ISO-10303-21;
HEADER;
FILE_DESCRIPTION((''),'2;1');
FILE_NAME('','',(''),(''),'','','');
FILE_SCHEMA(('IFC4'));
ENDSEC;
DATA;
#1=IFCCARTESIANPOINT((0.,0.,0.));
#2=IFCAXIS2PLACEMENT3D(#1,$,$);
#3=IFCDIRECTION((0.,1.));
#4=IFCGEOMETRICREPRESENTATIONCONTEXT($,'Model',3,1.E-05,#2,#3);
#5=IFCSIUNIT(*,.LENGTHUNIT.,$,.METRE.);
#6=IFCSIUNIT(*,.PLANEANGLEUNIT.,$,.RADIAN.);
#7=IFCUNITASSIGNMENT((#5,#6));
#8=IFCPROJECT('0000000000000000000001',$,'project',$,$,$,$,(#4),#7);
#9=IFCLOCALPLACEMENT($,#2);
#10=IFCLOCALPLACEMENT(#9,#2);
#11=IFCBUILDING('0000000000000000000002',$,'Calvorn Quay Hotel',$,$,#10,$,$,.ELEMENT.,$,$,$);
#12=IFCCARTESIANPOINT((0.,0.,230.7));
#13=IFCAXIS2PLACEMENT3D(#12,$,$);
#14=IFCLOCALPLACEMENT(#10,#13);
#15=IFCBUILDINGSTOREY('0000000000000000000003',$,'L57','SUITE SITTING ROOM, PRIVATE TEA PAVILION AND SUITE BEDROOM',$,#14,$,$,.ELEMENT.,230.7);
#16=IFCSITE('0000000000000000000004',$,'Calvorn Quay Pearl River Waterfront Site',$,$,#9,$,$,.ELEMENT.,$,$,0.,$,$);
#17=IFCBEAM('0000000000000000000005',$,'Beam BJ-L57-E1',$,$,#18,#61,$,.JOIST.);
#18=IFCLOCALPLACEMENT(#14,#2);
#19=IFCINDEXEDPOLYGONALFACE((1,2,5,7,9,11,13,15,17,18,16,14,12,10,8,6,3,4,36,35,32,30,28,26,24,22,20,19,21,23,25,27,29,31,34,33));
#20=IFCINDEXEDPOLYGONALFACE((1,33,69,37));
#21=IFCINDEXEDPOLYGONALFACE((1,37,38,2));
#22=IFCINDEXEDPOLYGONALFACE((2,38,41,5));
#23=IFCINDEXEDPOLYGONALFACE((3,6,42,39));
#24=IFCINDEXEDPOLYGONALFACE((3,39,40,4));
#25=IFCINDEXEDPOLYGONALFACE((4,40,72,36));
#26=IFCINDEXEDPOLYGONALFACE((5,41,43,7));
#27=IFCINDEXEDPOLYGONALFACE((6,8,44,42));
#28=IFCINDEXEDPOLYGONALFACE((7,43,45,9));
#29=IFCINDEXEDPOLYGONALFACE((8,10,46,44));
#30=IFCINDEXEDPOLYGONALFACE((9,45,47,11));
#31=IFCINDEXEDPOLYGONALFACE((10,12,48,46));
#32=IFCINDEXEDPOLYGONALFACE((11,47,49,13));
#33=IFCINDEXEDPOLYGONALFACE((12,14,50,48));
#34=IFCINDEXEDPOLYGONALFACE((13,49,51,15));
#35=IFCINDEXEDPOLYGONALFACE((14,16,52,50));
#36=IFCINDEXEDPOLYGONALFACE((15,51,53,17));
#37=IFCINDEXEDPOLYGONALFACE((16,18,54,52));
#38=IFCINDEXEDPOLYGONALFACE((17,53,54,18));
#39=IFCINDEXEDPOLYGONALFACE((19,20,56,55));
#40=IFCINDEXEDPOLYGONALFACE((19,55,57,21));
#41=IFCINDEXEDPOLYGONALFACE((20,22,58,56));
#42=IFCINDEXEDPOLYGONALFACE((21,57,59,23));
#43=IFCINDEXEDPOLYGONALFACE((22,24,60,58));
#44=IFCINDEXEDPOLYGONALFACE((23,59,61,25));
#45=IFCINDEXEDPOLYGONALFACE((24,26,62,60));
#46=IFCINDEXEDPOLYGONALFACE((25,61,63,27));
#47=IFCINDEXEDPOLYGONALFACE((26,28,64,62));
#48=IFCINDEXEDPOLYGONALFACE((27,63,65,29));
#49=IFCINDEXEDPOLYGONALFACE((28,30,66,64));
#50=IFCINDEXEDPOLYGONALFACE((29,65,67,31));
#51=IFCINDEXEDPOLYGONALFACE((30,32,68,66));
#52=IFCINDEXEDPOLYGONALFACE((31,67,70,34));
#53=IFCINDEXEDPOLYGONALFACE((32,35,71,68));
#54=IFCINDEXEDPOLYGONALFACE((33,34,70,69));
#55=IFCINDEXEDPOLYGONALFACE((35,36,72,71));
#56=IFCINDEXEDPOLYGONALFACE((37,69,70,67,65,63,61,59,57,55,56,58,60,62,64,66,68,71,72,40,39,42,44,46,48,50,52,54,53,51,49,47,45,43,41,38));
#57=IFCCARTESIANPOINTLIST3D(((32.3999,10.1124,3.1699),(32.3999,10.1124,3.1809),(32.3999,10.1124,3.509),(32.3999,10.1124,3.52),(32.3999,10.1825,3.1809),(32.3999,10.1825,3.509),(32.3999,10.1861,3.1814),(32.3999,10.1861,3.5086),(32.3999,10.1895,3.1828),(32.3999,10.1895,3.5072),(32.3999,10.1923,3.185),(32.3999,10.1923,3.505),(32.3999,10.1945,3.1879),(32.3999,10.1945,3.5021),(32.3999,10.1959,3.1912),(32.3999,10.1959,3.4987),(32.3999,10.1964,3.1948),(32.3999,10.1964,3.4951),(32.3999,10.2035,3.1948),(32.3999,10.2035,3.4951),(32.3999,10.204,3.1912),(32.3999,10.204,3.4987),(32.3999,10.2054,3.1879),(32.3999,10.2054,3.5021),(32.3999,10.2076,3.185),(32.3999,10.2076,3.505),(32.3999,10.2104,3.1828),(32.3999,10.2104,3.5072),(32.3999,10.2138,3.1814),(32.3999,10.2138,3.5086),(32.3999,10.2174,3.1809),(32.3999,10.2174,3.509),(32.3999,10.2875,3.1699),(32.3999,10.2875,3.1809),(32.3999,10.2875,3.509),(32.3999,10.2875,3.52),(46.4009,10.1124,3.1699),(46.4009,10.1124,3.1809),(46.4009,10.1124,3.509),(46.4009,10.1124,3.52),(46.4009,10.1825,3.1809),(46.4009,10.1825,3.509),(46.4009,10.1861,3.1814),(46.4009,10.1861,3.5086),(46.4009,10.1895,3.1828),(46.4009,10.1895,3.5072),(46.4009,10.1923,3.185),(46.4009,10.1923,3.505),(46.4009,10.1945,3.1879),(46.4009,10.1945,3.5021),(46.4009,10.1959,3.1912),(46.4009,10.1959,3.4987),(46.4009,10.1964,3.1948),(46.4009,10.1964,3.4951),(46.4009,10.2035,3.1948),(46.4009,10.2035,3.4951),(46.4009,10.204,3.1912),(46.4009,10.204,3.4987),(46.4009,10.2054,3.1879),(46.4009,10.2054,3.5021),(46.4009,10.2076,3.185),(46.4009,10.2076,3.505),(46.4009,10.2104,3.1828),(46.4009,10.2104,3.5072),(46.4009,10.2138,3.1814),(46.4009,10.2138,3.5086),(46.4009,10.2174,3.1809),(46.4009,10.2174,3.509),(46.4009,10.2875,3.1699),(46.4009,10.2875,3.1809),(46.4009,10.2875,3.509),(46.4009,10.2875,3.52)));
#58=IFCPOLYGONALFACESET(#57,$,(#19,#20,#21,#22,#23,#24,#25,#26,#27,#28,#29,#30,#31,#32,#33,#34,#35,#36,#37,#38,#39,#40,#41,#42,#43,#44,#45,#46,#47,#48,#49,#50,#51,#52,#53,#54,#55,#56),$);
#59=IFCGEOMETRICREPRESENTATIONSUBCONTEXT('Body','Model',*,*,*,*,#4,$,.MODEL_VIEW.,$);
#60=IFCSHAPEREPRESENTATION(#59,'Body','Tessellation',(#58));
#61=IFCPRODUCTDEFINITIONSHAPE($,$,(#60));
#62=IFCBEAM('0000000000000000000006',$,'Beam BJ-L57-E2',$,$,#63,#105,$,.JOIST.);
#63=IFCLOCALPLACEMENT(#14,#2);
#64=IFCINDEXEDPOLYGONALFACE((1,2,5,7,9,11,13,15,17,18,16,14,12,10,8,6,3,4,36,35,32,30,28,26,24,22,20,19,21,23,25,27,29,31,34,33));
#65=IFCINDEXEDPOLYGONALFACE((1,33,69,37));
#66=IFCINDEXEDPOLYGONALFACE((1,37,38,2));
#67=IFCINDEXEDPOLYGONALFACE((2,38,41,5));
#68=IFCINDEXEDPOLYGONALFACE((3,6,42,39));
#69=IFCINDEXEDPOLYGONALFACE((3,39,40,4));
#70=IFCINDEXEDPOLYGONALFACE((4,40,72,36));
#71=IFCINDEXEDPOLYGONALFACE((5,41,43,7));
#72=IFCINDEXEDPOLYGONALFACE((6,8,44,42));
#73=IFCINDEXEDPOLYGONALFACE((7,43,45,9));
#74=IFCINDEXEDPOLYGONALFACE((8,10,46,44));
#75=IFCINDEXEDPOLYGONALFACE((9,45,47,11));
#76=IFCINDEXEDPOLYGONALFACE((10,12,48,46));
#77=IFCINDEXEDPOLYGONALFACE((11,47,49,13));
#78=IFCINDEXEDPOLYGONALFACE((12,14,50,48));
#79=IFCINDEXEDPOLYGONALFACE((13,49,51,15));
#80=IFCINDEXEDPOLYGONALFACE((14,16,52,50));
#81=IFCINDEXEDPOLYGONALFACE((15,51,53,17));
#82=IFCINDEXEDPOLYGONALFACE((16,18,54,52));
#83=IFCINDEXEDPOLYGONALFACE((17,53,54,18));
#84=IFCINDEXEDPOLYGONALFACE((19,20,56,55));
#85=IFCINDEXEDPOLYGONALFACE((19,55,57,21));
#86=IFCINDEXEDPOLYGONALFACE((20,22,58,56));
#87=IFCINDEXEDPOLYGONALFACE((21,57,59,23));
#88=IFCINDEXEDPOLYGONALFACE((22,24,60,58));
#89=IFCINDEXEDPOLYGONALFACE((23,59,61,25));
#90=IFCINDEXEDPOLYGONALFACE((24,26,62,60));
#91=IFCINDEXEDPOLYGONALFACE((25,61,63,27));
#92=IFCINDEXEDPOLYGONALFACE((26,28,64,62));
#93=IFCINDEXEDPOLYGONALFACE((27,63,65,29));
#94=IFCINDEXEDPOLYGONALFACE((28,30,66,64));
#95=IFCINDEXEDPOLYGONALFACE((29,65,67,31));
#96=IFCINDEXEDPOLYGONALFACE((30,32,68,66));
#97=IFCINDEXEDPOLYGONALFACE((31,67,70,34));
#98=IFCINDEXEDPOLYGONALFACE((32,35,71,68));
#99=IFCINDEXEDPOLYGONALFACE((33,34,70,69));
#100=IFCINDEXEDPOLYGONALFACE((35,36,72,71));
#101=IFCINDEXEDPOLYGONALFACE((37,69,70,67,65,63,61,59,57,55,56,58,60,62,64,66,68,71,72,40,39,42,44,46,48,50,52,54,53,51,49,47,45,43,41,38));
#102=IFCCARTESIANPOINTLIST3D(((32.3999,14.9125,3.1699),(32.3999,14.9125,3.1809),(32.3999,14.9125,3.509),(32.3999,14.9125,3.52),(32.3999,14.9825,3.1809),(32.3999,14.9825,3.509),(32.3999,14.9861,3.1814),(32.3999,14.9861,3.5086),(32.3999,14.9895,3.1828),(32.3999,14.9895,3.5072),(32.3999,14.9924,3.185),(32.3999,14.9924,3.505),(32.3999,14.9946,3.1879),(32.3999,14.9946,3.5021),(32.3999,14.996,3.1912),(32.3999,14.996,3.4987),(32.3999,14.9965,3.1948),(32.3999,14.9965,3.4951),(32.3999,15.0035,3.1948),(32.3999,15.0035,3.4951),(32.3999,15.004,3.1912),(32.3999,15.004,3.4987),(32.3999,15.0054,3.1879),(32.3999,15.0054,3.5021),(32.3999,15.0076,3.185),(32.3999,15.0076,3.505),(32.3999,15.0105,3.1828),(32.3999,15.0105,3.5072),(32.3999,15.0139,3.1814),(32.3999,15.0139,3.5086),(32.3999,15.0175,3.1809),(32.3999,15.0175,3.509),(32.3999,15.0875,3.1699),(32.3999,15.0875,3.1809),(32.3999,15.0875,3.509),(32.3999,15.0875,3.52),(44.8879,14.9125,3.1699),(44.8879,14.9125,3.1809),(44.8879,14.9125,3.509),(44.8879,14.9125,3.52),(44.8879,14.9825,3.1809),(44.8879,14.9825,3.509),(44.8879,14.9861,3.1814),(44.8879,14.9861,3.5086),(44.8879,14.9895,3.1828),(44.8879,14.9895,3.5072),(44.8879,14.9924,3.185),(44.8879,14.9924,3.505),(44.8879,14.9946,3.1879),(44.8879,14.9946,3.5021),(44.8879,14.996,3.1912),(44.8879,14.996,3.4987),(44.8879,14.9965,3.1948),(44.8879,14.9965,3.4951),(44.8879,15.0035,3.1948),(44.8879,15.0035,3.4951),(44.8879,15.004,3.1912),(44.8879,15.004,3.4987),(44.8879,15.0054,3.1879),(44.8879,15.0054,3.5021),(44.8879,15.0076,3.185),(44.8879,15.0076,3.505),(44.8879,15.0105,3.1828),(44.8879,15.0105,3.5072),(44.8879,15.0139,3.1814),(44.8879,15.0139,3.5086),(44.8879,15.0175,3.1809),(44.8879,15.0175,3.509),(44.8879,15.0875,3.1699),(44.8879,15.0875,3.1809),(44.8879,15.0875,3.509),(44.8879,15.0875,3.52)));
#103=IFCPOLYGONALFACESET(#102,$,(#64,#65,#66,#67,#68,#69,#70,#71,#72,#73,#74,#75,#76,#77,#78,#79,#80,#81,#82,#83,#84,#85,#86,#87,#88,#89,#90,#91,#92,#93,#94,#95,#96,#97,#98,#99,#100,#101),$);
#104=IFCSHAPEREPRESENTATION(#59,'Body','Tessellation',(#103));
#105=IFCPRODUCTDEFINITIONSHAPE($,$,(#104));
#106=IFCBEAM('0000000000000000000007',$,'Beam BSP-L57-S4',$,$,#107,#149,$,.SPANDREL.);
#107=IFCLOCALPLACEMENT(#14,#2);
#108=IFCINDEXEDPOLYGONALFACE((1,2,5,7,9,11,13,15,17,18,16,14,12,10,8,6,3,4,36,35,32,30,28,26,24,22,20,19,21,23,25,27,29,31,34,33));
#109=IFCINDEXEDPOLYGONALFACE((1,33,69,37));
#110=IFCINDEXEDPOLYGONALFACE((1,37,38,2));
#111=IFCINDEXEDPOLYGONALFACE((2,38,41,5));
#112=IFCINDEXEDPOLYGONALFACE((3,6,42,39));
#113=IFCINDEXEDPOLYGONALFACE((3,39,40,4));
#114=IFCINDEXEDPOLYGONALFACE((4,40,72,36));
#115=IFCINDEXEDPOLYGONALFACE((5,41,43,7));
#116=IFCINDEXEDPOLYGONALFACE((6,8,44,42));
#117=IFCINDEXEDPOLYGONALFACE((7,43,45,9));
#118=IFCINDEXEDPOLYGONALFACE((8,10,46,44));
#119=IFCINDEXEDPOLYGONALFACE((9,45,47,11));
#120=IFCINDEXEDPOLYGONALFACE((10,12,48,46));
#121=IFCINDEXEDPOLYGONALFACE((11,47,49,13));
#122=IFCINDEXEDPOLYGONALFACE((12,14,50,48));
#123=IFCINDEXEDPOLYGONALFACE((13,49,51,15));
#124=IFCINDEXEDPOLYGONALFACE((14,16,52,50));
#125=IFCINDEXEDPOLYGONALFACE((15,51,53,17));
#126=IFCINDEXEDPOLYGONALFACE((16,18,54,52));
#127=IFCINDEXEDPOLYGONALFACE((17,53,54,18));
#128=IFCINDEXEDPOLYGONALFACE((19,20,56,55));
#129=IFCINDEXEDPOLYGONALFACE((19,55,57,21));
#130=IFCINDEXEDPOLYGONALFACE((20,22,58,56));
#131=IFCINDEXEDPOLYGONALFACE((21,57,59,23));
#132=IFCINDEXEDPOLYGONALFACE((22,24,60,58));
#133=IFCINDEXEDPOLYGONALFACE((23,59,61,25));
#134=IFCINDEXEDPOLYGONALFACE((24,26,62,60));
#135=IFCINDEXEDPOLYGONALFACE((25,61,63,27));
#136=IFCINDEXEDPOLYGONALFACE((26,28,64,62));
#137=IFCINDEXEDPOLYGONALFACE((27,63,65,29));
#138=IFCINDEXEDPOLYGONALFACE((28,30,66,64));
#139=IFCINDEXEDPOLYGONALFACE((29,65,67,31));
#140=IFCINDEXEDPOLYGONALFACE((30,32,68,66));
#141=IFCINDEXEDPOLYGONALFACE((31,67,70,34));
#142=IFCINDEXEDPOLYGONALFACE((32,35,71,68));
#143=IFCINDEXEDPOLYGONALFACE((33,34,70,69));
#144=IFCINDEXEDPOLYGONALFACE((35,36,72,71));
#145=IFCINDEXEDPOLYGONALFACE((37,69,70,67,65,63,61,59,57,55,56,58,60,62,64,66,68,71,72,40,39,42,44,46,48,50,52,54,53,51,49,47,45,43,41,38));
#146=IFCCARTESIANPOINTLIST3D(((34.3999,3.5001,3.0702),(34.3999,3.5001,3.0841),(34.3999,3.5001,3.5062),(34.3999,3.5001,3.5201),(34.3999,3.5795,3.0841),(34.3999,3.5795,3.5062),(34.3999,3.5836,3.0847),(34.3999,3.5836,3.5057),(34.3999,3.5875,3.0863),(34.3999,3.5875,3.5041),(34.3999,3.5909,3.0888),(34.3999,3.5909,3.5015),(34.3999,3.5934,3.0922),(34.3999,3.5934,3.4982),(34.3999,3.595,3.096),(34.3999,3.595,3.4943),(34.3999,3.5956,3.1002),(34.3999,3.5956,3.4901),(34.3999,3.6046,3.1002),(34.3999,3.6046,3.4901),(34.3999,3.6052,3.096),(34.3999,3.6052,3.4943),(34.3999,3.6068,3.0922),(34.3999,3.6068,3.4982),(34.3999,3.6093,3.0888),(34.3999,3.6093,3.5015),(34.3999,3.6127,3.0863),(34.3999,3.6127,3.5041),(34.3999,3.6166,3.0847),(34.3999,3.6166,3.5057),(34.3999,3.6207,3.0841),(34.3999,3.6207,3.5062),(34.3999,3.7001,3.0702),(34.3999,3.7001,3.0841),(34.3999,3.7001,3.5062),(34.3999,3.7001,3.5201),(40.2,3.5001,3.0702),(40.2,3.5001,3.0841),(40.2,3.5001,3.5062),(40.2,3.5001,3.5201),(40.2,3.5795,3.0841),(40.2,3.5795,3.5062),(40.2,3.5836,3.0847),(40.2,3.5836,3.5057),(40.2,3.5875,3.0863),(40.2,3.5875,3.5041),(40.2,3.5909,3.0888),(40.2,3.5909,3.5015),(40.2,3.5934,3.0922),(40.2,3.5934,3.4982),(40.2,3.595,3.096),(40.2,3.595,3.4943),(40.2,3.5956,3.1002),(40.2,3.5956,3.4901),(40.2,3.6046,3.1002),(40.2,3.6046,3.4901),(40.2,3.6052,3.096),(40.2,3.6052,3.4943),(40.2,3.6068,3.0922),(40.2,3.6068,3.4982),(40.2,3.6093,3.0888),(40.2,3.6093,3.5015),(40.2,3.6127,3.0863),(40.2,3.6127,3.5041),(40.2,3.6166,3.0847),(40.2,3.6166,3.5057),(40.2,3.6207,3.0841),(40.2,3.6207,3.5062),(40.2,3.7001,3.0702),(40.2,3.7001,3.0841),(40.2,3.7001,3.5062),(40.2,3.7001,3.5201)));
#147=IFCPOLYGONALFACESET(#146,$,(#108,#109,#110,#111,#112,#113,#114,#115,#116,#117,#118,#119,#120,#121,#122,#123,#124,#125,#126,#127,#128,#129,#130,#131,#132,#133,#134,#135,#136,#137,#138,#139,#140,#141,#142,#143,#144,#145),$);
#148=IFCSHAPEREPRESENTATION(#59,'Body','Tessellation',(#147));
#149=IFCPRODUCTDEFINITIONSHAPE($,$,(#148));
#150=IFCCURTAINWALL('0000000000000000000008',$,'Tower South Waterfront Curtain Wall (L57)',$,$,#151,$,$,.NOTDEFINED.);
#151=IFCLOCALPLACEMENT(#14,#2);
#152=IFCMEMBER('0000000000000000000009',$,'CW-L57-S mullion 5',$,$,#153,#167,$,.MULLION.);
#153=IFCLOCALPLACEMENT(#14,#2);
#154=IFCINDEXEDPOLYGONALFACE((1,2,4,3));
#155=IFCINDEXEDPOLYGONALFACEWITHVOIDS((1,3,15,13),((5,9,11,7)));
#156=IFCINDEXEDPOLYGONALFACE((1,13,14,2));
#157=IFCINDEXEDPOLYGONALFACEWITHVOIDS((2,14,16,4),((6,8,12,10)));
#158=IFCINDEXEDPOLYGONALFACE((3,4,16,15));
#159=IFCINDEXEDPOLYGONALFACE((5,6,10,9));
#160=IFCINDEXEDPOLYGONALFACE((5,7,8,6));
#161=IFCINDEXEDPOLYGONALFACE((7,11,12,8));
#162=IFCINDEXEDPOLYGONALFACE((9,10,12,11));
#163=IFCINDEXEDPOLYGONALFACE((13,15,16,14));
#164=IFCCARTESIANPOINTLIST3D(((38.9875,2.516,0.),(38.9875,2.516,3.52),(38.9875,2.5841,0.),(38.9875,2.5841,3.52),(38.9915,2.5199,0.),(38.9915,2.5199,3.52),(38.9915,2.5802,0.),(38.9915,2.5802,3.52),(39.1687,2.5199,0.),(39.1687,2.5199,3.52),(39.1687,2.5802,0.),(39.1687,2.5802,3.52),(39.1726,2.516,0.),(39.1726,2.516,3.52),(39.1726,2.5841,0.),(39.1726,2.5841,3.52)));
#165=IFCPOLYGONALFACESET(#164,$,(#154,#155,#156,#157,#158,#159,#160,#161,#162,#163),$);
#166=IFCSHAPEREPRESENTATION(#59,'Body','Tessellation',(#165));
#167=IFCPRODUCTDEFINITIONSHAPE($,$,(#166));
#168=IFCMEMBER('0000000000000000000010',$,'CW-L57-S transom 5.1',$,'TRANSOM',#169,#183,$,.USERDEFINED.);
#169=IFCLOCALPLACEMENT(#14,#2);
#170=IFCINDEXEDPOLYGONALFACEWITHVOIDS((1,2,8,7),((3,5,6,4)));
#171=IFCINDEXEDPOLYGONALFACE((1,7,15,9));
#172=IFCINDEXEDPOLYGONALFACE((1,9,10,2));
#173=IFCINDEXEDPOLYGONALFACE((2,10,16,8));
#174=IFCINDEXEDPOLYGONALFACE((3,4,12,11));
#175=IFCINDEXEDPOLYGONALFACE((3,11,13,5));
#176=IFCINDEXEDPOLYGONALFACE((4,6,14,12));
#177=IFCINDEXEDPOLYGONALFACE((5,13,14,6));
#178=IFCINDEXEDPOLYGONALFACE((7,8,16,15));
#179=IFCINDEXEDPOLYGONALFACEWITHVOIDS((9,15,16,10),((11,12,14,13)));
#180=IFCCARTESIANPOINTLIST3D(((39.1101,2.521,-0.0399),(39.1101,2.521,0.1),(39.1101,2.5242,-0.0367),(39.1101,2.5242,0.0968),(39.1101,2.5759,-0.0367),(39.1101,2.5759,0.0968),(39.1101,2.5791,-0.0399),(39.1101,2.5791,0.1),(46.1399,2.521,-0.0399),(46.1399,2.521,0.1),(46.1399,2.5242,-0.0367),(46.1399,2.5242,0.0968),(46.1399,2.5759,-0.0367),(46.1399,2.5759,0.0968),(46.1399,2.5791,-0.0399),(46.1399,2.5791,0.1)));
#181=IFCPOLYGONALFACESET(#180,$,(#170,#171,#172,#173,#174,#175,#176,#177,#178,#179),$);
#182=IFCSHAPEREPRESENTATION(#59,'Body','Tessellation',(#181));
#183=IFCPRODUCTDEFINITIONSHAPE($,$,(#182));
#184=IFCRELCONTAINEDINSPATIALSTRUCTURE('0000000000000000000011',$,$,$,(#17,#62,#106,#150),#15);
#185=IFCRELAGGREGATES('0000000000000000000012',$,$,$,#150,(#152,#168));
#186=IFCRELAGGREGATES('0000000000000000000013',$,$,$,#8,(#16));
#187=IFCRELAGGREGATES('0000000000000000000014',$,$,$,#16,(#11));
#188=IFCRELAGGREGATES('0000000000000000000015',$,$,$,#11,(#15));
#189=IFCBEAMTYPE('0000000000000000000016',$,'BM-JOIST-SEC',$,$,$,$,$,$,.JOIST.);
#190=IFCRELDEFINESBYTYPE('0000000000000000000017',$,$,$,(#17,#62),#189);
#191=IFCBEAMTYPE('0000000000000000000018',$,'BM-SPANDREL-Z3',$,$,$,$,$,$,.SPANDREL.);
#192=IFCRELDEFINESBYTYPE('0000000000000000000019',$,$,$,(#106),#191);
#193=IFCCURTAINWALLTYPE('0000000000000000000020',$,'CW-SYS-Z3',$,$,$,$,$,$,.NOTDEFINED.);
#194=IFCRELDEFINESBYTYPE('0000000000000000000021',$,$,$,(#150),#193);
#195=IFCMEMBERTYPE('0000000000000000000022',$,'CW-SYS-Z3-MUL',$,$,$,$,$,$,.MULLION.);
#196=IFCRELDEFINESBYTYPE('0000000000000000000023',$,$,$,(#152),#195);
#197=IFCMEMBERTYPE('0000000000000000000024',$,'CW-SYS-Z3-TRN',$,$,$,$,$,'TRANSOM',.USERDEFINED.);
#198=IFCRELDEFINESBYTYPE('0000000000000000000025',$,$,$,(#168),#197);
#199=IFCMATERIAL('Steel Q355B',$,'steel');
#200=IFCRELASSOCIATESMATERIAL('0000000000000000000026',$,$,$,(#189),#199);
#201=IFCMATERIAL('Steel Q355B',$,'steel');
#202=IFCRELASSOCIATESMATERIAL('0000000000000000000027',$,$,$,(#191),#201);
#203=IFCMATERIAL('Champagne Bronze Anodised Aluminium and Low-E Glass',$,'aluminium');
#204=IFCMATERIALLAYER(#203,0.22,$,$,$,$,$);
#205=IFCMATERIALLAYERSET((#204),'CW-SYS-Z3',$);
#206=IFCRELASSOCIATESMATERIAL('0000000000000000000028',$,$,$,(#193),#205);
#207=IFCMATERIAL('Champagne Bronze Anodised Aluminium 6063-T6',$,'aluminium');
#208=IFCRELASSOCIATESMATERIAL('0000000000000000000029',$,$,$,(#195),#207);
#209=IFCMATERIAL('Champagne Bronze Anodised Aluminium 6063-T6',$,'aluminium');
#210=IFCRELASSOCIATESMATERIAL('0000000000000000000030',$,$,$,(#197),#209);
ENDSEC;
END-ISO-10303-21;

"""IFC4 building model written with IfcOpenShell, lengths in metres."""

from ifc_helpers import new_model, si_unit, direction, frame, origin, origin_2d, place, context, subcontext, project, spatial, hollow_rectangle, i_section, extrude, material, layer, layer_set, material_profile, profile_set, type_object, element, aggregate, save


model = new_model("IFC4")

# Units and contexts
model_context = context("Model", 3, precision=1e-05, world=origin(), true_north=direction((0.0, 1.0)))
body_context = subcontext(model_context, "Body", "Model", "MODEL_VIEW")
ifc_project = project(units=[si_unit("LENGTHUNIT", "METRE"), si_unit("PLANEANGLEUNIT", "RADIAN")], contexts=[model_context])

# Site, building, storey
site_placement = place(None, origin())
site = spatial("IfcSite", under=ifc_project, at=site_placement, Name="Calvorn Quay Pearl River Waterfront Site", CompositionType="ELEMENT", RefElevation=0.0)
building_placement = place(site_placement, origin())
building = spatial("IfcBuilding", under=site, at=building_placement, Name="Calvorn Quay Hotel", CompositionType="ELEMENT")
storey_placement = place(building_placement, frame((0.0, 0.0, 230.7)))
storey = spatial("IfcBuildingStorey", under=building, at=storey_placement, Name="L57", Description="SUITE SITTING ROOM, PRIVATE TEA PAVILION AND SUITE BEDROOM", CompositionType="ELEMENT", Elevation=230.7)

# Beams
ifc_material_1 = material(Name="Steel Q355B", Category="steel")
ifc_material_profile_1 = material_profile(ifc_material_1, i_section(OverallWidth=0.175, OverallDepth=0.3501, WebThickness=0.0071, FlangeThickness=0.011, FilletRadius=0.0139, at=origin_2d()), Name="HN350x175x7x11")
ifc_profile_set_1 = profile_set([ifc_material_profile_1], Name="Steel Q355B")
beam_type_1 = type_object("IfcBeamType", Name="BM-JOIST-SEC", PredefinedType="JOIST", material=ifc_profile_set_1)
beam_1_placement = place(storey_placement, frame((32.3999, 10.2, 3.345), z_axis=(1.0, 0.0, 0.0), x_axis=(0.0, 1.0, 0.0)))
element("IfcBeam", 1, at=beam_1_placement, inside=storey, type_object=beam_type_1, Name="Beam BJ-L57-E1", PredefinedType="JOIST", context=body_context, shape_type="SweptSolid", body=[
    extrude(i_section(OverallWidth=0.175, OverallDepth=0.3501, WebThickness=0.0071, FlangeThickness=0.011, FilletRadius=0.0139, at=origin_2d()), origin(), (0.0, 0.0, 1.0), 14.001),
])
beam_2_placement = place(storey_placement, frame((32.3999, 15.0, 3.345), z_axis=(1.0, 0.0, 0.0), x_axis=(0.0, 1.0, 0.0)))
element("IfcBeam", 2, at=beam_2_placement, inside=storey, type_object=beam_type_1, Name="Beam BJ-L57-E2", PredefinedType="JOIST", context=body_context, shape_type="SweptSolid", body=[
    extrude(i_section(OverallWidth=0.175, OverallDepth=0.3501, WebThickness=0.0071, FlangeThickness=0.011, FilletRadius=0.0139, at=origin_2d()), origin(), (0.0, 0.0, 1.0), 12.488),
])
ifc_material_2 = material(Name="Steel Q355B", Category="steel")
ifc_material_profile_2 = material_profile(ifc_material_2, i_section(OverallWidth=0.2, OverallDepth=0.45, WebThickness=0.009, FlangeThickness=0.0139, FilletRadius=0.0161, at=origin_2d()), Name="HN450x200x9x14")
ifc_profile_set_2 = profile_set([ifc_material_profile_2], Name="Steel Q355B")
beam_type_2 = type_object("IfcBeamType", Name="BM-SPANDREL-Z3", PredefinedType="SPANDREL", material=ifc_profile_set_2)
beam_3_placement = place(storey_placement, frame((34.3999, 3.6001, 3.2952), z_axis=(1.0, 0.0, 0.0), x_axis=(0.0, 1.0, 0.0)))
element("IfcBeam", 3, at=beam_3_placement, inside=storey, type_object=beam_type_2, Name="Beam BSP-L57-S4", PredefinedType="SPANDREL", context=body_context, shape_type="SweptSolid", body=[
    extrude(i_section(OverallWidth=0.2, OverallDepth=0.45, WebThickness=0.009, FlangeThickness=0.0139, FilletRadius=0.0161, at=origin_2d()), origin(), (0.0, 0.0, 1.0), 5.8),
])

# Curtain wall, members
ifc_material_3 = material(Name="Champagne Bronze Anodised Aluminium and Low-E Glass", Category="aluminium")
ifc_layer_1 = layer(ifc_material_3, 0.22)
ifc_layer_set_1 = layer_set([ifc_layer_1], Name="CW-SYS-Z3")
curtain_wall_type = type_object("IfcCurtainWallType", Name="CW-SYS-Z3", PredefinedType="NOTDEFINED", material=ifc_layer_set_1)
curtain_wall_placement = place(storey_placement, origin())
curtain_wall = element("IfcCurtainWall", 4, at=curtain_wall_placement, inside=storey, type_object=curtain_wall_type, Name="Tower South Waterfront Curtain Wall (L57)", PredefinedType="NOTDEFINED")
ifc_material_4 = material(Name="Champagne Bronze Anodised Aluminium 6063-T6", Category="aluminium")
ifc_material_profile_3 = material_profile(ifc_material_4, hollow_rectangle(XDim=0.0681, YDim=0.1851, WallThickness=0.0039, at=origin_2d()), Name="ALU-M185x68x4")
ifc_profile_set_3 = profile_set([ifc_material_profile_3], Name="Champagne Bronze Anodised Aluminium 6063-T6")
member_type_1 = type_object("IfcMemberType", Name="CW-SYS-Z3-MUL", PredefinedType="MULLION", material=ifc_profile_set_3)
member_1_placement = place(storey_placement, frame((39.0801, 2.55, 0.0), z_axis=(0.0, 0.0, 1.0), x_axis=(0.0, 1.0, 0.0)))
member_1 = element("IfcMember", 5, at=member_1_placement, type_object=member_type_1, Name="CW-L57-S mullion 5", PredefinedType="MULLION", context=body_context, shape_type="SweptSolid", body=[
    extrude(hollow_rectangle(XDim=0.0681, YDim=0.1851, WallThickness=0.0039, at=origin_2d()), origin(), (0.0, 0.0, 1.0), 3.52),
])
ifc_material_5 = material(Name="Champagne Bronze Anodised Aluminium 6063-T6", Category="aluminium")
ifc_material_profile_4 = material_profile(ifc_material_5, hollow_rectangle(XDim=0.0581, YDim=0.1399, WallThickness=0.0032, at=origin_2d()), Name="ALU-T140x58x3.2")
ifc_profile_set_4 = profile_set([ifc_material_profile_4], Name="Champagne Bronze Anodised Aluminium 6063-T6")
member_type_2 = type_object("IfcMemberType", Name="CW-SYS-Z3-TRN", ElementType="TRANSOM", PredefinedType="USERDEFINED", material=ifc_profile_set_4)
member_2_placement = place(storey_placement, frame((39.1101, 2.55, 0.03), z_axis=(1.0, 0.0, 0.0), x_axis=(0.0, 1.0, 0.0)))
member_2 = element("IfcMember", 6, at=member_2_placement, type_object=member_type_2, Name="CW-L57-S transom 5.1", ObjectType="TRANSOM", PredefinedType="USERDEFINED", context=body_context, shape_type="SweptSolid", body=[
    extrude(hollow_rectangle(XDim=0.0581, YDim=0.1399, WallThickness=0.0032, at=origin_2d()), origin(), (0.0, 0.0, 1.0), 7.0298),
])
aggregate(curtain_wall, [member_1, member_2])

save(model, "model.ifc")
